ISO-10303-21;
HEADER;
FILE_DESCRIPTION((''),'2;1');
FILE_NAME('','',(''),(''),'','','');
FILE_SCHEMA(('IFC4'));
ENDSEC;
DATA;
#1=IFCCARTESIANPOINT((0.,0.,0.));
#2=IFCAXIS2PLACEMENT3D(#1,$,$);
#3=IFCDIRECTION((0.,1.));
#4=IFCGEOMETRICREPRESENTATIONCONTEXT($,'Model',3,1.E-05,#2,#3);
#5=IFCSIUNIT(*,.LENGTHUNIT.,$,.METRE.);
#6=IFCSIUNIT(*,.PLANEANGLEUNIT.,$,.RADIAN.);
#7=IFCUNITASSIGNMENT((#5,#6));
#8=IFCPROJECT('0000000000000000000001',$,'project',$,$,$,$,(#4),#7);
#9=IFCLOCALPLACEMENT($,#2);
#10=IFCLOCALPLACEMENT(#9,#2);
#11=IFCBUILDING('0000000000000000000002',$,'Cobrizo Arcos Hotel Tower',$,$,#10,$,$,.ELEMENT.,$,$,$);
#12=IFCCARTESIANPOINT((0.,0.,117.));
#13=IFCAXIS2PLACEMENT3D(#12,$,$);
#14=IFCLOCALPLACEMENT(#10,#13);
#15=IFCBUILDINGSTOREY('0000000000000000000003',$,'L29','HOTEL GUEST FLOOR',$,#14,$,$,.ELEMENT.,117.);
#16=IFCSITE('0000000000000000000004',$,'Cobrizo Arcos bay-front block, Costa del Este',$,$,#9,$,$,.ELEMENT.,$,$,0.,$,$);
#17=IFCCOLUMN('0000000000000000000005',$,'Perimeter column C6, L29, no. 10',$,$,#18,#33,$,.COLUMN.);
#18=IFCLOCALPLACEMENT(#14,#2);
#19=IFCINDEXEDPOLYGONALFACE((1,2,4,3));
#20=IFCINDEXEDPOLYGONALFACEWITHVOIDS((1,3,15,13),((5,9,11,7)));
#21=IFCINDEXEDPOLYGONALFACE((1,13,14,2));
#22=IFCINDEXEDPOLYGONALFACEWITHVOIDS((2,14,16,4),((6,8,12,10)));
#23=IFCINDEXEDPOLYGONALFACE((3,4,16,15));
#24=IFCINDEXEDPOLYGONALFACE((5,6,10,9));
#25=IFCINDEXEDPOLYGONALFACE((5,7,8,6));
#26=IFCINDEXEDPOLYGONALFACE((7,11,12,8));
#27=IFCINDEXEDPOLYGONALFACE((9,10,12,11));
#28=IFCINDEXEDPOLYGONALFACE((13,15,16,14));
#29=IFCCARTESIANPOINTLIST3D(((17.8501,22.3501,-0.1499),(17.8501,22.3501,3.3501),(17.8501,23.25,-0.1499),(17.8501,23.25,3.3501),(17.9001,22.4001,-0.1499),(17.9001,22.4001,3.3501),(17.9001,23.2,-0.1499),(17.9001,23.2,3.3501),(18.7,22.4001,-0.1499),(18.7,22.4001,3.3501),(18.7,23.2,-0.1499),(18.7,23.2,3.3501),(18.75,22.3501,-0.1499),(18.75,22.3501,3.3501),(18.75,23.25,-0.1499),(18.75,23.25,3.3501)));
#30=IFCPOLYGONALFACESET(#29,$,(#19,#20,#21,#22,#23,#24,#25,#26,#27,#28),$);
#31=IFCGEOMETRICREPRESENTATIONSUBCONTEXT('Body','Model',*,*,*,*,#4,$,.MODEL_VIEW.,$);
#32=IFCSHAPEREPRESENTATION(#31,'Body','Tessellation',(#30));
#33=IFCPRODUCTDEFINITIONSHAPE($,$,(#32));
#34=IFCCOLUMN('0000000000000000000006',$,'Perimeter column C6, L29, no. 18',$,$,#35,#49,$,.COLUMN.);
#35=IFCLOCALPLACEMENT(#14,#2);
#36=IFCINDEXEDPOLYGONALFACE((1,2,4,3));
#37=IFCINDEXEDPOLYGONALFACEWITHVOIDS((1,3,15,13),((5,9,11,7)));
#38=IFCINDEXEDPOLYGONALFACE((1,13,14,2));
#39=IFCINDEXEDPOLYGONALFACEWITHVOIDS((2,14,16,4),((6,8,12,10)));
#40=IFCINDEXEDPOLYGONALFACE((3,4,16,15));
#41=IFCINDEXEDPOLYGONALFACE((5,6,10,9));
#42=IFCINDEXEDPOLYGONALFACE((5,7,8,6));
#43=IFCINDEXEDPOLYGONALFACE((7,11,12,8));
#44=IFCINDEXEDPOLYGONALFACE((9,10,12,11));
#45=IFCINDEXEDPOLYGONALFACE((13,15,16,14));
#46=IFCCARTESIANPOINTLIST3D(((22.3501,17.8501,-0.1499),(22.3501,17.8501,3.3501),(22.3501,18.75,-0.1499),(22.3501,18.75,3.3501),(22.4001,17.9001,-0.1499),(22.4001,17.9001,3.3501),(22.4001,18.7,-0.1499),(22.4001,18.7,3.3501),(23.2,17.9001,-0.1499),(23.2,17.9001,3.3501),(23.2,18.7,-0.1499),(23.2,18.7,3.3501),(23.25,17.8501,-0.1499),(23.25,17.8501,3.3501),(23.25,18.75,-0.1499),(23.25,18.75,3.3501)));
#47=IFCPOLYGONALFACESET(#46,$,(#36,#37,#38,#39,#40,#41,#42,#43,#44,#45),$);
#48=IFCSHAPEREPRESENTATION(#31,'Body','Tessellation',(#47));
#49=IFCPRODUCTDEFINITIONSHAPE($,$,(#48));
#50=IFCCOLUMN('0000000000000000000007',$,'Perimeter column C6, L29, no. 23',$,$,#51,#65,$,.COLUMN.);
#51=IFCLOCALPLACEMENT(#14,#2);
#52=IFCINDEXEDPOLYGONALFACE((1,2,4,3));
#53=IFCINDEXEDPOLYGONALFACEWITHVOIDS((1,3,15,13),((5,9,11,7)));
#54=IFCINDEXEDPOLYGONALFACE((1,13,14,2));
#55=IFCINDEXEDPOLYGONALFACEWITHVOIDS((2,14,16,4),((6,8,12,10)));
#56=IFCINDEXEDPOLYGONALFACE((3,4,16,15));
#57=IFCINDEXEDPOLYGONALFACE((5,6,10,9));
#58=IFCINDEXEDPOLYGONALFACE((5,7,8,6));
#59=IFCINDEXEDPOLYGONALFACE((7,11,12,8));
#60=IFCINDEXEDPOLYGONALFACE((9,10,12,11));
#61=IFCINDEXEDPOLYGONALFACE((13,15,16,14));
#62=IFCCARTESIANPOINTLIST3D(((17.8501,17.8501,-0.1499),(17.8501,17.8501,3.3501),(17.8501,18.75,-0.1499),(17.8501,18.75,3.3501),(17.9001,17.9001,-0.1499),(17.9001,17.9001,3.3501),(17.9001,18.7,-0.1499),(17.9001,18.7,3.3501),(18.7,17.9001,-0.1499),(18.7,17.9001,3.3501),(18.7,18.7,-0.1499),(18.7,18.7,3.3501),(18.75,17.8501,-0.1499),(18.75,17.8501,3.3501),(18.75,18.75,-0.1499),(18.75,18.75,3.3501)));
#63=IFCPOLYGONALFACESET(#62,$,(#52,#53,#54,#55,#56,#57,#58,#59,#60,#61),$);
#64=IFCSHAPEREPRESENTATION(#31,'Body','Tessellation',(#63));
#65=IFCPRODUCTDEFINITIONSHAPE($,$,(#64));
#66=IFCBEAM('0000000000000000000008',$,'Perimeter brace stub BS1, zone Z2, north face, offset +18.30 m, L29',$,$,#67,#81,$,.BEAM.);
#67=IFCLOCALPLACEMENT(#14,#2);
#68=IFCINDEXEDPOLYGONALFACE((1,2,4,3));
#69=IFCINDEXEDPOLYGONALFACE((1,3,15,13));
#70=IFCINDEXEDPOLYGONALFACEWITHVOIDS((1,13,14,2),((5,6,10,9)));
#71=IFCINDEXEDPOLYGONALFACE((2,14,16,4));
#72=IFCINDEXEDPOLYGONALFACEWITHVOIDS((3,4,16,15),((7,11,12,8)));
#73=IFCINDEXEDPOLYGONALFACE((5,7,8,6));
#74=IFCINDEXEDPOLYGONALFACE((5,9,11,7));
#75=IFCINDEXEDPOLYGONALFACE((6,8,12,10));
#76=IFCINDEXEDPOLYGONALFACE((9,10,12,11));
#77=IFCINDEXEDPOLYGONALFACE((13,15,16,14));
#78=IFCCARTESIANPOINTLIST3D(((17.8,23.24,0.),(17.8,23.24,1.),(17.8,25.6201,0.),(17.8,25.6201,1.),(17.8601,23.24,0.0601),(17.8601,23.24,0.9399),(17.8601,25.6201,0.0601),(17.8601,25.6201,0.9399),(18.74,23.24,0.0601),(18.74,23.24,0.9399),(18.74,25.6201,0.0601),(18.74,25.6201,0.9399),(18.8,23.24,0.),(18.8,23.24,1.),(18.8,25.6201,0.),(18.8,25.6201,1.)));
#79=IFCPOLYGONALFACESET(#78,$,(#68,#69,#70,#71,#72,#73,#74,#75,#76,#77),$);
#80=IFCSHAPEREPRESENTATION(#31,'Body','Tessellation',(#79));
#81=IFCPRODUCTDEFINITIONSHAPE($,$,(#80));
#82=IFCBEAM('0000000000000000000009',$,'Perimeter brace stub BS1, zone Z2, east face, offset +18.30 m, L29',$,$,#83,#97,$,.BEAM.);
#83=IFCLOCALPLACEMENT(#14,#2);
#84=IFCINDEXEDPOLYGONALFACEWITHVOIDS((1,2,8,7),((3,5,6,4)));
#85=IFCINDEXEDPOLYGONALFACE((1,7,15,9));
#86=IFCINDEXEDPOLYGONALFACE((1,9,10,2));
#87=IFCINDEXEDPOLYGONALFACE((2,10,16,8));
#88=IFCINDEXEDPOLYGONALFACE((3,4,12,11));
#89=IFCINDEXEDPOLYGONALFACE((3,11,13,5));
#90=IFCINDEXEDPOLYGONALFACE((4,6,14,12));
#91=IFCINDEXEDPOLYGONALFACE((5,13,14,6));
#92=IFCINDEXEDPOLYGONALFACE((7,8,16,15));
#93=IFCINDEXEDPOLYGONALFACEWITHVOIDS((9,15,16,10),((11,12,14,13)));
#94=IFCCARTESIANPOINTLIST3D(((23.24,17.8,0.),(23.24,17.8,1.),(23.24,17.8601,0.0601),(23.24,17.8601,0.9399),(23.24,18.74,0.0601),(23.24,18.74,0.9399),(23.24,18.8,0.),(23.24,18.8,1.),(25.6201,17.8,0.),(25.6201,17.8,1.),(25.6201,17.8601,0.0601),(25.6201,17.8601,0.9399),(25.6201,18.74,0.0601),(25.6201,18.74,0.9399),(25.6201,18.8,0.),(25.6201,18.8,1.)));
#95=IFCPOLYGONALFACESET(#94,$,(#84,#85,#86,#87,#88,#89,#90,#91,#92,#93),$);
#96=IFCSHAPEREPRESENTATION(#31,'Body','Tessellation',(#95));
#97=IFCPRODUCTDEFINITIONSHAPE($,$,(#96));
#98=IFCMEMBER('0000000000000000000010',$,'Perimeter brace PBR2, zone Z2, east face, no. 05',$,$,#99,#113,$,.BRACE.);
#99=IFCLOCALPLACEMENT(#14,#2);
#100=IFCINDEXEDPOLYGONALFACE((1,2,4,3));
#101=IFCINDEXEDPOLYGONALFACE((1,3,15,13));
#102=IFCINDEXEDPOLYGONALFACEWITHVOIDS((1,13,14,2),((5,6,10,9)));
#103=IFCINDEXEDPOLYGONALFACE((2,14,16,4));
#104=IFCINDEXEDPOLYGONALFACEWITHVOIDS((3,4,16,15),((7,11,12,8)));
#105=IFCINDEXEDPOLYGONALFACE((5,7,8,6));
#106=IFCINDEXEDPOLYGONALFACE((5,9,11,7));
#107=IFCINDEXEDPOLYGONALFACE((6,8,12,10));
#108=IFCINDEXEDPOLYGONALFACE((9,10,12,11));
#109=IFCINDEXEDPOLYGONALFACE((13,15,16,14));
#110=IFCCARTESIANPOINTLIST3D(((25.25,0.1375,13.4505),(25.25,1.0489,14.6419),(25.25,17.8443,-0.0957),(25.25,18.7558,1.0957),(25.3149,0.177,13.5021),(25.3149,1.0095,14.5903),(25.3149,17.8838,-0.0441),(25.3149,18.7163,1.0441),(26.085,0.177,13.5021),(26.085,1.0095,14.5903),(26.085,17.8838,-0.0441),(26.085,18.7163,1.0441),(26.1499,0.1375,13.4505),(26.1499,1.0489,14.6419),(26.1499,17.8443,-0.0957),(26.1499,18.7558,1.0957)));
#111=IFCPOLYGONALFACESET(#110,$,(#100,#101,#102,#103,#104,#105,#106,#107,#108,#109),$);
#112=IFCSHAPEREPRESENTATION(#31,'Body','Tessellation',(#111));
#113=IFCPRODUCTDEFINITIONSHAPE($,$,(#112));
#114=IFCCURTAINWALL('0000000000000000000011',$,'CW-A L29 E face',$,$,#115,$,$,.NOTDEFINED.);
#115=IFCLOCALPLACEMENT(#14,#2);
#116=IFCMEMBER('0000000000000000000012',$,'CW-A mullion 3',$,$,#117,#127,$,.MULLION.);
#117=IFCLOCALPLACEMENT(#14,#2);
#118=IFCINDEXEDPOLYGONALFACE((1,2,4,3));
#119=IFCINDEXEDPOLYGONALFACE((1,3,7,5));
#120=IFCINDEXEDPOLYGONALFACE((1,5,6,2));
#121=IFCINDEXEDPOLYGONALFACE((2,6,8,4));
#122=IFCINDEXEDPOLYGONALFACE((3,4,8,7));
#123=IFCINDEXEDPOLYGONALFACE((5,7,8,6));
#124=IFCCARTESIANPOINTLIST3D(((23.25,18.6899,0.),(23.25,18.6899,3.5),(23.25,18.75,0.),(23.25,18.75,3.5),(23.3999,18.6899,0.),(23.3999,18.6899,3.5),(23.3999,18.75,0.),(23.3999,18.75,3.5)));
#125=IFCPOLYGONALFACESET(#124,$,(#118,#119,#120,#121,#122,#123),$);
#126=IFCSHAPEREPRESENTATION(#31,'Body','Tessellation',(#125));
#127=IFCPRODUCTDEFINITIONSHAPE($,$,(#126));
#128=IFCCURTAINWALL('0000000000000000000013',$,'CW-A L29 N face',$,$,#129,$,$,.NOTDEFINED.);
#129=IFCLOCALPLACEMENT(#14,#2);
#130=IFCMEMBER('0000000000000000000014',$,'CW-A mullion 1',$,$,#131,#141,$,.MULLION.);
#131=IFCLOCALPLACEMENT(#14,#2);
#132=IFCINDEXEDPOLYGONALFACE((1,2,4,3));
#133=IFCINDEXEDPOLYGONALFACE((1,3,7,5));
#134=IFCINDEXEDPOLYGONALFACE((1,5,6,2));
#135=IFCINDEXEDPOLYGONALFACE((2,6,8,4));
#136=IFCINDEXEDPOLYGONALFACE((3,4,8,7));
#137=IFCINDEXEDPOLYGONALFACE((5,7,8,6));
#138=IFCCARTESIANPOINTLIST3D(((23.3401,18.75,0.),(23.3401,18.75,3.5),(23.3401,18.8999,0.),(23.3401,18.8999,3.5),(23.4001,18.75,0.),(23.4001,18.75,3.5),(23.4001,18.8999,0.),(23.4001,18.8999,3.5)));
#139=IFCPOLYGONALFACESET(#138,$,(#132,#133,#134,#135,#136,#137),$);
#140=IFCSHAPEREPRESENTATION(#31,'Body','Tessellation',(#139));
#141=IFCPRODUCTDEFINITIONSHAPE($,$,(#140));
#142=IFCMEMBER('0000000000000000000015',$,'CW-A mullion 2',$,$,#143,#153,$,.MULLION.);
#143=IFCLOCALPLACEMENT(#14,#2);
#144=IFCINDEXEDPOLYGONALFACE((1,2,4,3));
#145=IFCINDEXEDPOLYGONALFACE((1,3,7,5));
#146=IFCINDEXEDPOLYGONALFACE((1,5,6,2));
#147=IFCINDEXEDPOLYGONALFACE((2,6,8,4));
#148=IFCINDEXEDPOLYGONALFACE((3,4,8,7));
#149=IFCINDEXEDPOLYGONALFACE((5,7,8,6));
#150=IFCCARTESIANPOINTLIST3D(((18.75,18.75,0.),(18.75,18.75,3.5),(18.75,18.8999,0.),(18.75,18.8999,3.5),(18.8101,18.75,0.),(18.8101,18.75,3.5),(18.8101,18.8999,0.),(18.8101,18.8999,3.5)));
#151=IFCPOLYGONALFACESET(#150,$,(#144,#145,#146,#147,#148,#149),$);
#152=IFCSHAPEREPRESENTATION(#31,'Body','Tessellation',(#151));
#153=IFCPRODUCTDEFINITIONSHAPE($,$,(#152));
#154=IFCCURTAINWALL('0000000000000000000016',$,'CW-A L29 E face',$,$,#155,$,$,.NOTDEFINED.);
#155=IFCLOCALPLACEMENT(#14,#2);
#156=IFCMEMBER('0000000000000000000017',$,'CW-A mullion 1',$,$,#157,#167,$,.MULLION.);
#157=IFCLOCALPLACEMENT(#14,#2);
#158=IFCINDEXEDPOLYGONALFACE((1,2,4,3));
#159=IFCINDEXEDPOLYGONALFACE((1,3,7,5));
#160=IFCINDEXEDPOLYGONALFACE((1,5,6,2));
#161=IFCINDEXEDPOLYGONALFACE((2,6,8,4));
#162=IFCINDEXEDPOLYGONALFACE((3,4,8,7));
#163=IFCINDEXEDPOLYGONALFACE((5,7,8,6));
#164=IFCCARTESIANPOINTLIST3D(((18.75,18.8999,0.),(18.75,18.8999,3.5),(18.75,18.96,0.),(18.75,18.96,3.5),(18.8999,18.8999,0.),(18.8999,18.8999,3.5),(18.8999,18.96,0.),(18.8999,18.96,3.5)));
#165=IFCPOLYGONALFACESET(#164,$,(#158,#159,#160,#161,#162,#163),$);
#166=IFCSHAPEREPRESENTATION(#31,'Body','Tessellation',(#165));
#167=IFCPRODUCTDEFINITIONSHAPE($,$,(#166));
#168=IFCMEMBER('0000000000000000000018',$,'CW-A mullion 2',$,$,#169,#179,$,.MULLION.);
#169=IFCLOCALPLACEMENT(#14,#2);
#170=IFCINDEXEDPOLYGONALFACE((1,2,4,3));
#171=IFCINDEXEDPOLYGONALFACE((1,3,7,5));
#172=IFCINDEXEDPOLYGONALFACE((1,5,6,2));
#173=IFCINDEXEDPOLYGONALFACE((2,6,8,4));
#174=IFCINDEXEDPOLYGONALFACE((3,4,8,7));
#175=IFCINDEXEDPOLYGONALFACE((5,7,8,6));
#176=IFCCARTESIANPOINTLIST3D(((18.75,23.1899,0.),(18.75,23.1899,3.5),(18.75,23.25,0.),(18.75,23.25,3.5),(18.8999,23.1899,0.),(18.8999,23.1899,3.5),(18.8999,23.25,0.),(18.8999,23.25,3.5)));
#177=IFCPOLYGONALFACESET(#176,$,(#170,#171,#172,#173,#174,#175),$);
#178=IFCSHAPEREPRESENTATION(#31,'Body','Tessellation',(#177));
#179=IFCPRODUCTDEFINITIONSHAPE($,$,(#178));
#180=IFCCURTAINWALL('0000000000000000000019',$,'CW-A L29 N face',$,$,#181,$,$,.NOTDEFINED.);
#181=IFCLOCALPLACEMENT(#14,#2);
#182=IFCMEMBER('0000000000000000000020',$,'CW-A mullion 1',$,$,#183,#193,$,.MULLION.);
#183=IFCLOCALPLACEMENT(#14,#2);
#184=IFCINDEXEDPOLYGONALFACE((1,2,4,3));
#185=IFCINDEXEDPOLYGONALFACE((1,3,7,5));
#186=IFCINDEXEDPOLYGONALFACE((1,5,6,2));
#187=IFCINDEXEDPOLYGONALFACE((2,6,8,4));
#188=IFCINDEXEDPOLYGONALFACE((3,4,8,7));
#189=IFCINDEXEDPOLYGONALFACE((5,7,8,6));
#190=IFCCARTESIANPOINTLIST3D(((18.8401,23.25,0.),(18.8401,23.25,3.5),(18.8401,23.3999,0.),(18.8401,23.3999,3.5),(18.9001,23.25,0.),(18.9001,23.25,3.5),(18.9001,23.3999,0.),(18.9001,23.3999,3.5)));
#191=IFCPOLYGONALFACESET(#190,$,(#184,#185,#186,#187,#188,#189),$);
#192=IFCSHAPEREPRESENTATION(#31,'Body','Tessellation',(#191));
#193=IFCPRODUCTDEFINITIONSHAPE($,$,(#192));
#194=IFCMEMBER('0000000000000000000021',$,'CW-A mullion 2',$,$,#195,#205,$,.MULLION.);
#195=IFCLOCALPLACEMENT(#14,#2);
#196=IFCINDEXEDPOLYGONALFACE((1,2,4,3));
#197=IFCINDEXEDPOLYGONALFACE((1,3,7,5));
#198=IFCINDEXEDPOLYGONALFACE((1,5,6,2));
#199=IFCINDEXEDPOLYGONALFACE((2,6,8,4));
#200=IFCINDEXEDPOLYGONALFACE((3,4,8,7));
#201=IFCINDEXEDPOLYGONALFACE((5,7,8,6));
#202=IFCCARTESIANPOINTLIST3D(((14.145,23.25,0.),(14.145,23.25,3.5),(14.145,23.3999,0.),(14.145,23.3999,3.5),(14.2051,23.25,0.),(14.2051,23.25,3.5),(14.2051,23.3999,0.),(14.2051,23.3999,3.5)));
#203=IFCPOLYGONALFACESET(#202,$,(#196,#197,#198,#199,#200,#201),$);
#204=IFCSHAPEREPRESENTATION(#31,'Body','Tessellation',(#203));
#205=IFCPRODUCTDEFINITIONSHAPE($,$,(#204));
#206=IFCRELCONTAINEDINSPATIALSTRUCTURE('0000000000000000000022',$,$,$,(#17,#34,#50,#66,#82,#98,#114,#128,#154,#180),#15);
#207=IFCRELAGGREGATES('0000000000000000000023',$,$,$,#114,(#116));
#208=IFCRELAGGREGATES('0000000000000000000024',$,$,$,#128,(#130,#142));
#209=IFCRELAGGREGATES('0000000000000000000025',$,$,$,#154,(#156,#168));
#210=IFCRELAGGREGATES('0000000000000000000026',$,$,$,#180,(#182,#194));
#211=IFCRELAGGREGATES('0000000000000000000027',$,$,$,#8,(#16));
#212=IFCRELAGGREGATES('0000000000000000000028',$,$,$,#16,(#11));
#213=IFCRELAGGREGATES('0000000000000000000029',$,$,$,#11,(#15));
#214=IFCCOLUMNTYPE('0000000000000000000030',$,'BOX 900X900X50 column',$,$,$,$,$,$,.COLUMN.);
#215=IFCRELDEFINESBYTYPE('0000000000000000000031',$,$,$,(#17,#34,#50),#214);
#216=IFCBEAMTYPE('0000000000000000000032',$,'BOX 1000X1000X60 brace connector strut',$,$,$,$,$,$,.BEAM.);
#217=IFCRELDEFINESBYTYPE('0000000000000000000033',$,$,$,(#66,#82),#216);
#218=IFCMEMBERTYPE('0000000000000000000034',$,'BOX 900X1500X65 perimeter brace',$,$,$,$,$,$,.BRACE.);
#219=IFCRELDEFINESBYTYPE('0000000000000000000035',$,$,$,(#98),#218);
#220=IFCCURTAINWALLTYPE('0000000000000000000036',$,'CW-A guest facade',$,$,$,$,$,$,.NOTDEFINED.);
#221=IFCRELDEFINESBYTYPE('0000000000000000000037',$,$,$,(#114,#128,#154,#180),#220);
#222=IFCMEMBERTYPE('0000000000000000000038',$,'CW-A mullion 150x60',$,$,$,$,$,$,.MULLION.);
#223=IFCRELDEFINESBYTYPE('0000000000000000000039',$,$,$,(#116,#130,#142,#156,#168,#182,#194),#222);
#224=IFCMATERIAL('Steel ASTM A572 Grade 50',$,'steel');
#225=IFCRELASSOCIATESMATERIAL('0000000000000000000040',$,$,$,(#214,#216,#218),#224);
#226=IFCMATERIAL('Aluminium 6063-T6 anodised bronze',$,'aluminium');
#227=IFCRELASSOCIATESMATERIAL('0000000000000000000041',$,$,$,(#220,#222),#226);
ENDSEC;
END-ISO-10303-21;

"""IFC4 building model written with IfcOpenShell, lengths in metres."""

from ifc_helpers import new_model, si_unit, direction, frame, origin, origin_2d, place, context, subcontext, project, spatial, rectangle, hollow_rectangle, extrude, material, material_profile, profile_set, type_object, element, aggregate, save


model = new_model("IFC4")

# Units and contexts
model_context = context("Model", 3, precision=1e-05, world=origin(), true_north=direction((0.0, 1.0)))
body_context = subcontext(model_context, "Body", "Model", "MODEL_VIEW")
ifc_project = project(units=[si_unit("LENGTHUNIT", "METRE"), si_unit("PLANEANGLEUNIT", "RADIAN")], contexts=[model_context])

# Site, building, storey
site_placement = place(None, origin())
site = spatial("IfcSite", under=ifc_project, at=site_placement, Name="Cobrizo Arcos bay-front block, Costa del Este", CompositionType="ELEMENT", RefElevation=0.0)
building_placement = place(site_placement, origin())
building = spatial("IfcBuilding", under=site, at=building_placement, Name="Cobrizo Arcos Hotel Tower", CompositionType="ELEMENT")
storey_placement = place(building_placement, frame((0.0, 0.0, 117.0)))
storey = spatial("IfcBuildingStorey", under=building, at=storey_placement, Name="L29", Description="HOTEL GUEST FLOOR", CompositionType="ELEMENT", Elevation=117.0)

# Columns
ifc_material_1 = material(Name="Steel ASTM A572 Grade 50", Category="steel")
ifc_material_profile_1 = material_profile(ifc_material_1, hollow_rectangle(XDim=0.8999, YDim=0.8999, WallThickness=0.05, at=origin_2d()), Name="BOX 900X900X50")
ifc_profile_set_1 = profile_set([ifc_material_profile_1], Name="Steel ASTM A572 Grade 50")
column_type = type_object("IfcColumnType", Name="BOX 900X900X50 column", PredefinedType="COLUMN", material=ifc_profile_set_1)
for number, where, z_axis, x_axis, name in (
    (1, (18.3, 22.8, -0.1499), (0.0, 0.0, 1.0), (1.0, 0.0, 0.0), "Perimeter column C6, L29, no. 10"),
    (2, (22.8, 18.3, -0.1499), (0.0, 0.0, 1.0), (1.0, 0.0, 0.0), "Perimeter column C6, L29, no. 18"),
    (3, (18.3, 18.3, -0.1499), (0.0, 0.0, 1.0), (1.0, 0.0, 0.0), "Perimeter column C6, L29, no. 23"),
):
    element("IfcColumn", number, at=place(storey_placement, frame(where, z_axis=z_axis, x_axis=x_axis)), inside=storey, type_object=column_type, Name=name, PredefinedType="COLUMN", context=body_context, shape_type="SweptSolid", body=[
        extrude(hollow_rectangle(XDim=0.8999, YDim=0.8999, WallThickness=0.05, at=origin_2d()), origin(), (0.0, 0.0, 1.0), 3.5),
    ])

# Beams
ifc_material_profile_2 = material_profile(ifc_material_1, hollow_rectangle(XDim=1.0, YDim=1.0, WallThickness=0.0601, at=origin_2d()), Name="BOX 1000X1000X60")
ifc_profile_set_2 = profile_set([ifc_material_profile_2], Name="Steel ASTM A572 Grade 50")
beam_type_1 = type_object("IfcBeamType", Name="BOX 1000X1000X60 brace connector strut", PredefinedType="BEAM", material=ifc_profile_set_2)
for number, where, z_axis, x_axis, name in (
    (4, (18.3, 23.24, 0.5), (0.0, 1.0, 0.0), (-1.0, 0.0, 0.0), "Perimeter brace stub BS1, zone Z2, north face, offset +18.30 m, L29"),
    (5, (23.24, 18.3, 0.5), (1.0, 0.0, 0.0), (0.0, 1.0, 0.0), "Perimeter brace stub BS1, zone Z2, east face, offset +18.30 m, L29"),
):
    element("IfcBeam", number, at=place(storey_placement, frame(where, z_axis=z_axis, x_axis=x_axis)), inside=storey, type_object=beam_type_1, Name=name, PredefinedType="BEAM", context=body_context, shape_type="SweptSolid", body=[
        extrude(hollow_rectangle(XDim=1.0, YDim=1.0, WallThickness=0.0601, at=origin_2d()), origin(), (0.0, 0.0, 1.0), 2.3801),
    ])

# Member
ifc_material_profile_3 = material_profile(ifc_material_1, hollow_rectangle(XDim=0.8999, YDim=1.5, WallThickness=0.0649, at=origin_2d()), Name="BOX 900X1500X65")
ifc_profile_set_3 = profile_set([ifc_material_profile_3], Name="Steel ASTM A572 Grade 50")
member_type_1 = type_object("IfcMemberType", Name="BOX 900X1500X65 perimeter brace", PredefinedType="BRACE", material=ifc_profile_set_3)
member_1_placement = place(storey_placement, frame((25.7, 18.3, 0.5), z_axis=(0.0, -0.794235, 0.60761), x_axis=(1.0, 0.0, 0.0)))
element("IfcMember", 6, at=member_1_placement, inside=storey, type_object=member_type_1, Name="Perimeter brace PBR2, zone Z2, east face, no. 05", PredefinedType="BRACE", context=body_context, shape_type="SweptSolid", body=[
    extrude(hollow_rectangle(XDim=0.8999, YDim=1.5, WallThickness=0.0649, at=origin_2d()), origin(), (0.0, 0.0, 1.0), 22.2942),
])

# Curtain wall, member
ifc_material_2 = material(Name="Aluminium 6063-T6 anodised bronze", Category="aluminium")
curtain_wall_type = type_object("IfcCurtainWallType", Name="CW-A guest facade", PredefinedType="NOTDEFINED", material=ifc_material_2)
curtain_wall_1_placement = place(storey_placement, origin())
curtain_wall_1 = element("IfcCurtainWall", 7, at=curtain_wall_1_placement, inside=storey, type_object=curtain_wall_type, Name="CW-A L29 E face", PredefinedType="NOTDEFINED")
ifc_material_profile_4 = material_profile(ifc_material_2, rectangle(XDim=0.1499, YDim=0.0601, at=origin_2d()), Name="CW-A mullion 150x60")
ifc_profile_set_4 = profile_set([ifc_material_profile_4], Name="Aluminium 6063-T6 anodised bronze")
member_type_2 = type_object("IfcMemberType", Name="CW-A mullion 150x60", PredefinedType="MULLION", material=ifc_profile_set_4)
member_2_placement = place(storey_placement, frame((23.325, 18.72, 0.0), z_axis=(0.0, 0.0, 1.0), x_axis=(1.0, 0.0, 0.0)))
member_2 = element("IfcMember", 8, at=member_2_placement, type_object=member_type_2, Name="CW-A mullion 3", PredefinedType="MULLION", context=body_context, shape_type="SweptSolid", body=[
    extrude(rectangle(XDim=0.1499, YDim=0.0601, at=origin_2d()), origin(), (0.0, 0.0, 1.0), 3.5),
])

# Curtain walls, members
curtain_wall_2_placement = place(storey_placement, origin())
curtain_wall_2 = element("IfcCurtainWall", 9, at=curtain_wall_2_placement, inside=storey, type_object=curtain_wall_type, Name="CW-A L29 N face", PredefinedType="NOTDEFINED")
member_3_placement = place(storey_placement, frame((23.3701, 18.825, 0.0), z_axis=(0.0, 0.0, 1.0), x_axis=(0.0, 1.0, 0.0)))
member_3 = element("IfcMember", 10, at=member_3_placement, type_object=member_type_2, Name="CW-A mullion 1", PredefinedType="MULLION", context=body_context, shape_type="SweptSolid", body=[
    extrude(rectangle(XDim=0.1499, YDim=0.0601, at=origin_2d()), origin(), (0.0, 0.0, 1.0), 3.5),
])
member_4_placement = place(storey_placement, frame((18.78, 18.825, 0.0), z_axis=(0.0, 0.0, 1.0), x_axis=(0.0, 1.0, 0.0)))
member_4 = element("IfcMember", 11, at=member_4_placement, type_object=member_type_2, Name="CW-A mullion 2", PredefinedType="MULLION", context=body_context, shape_type="SweptSolid", body=[
    extrude(rectangle(XDim=0.1499, YDim=0.0601, at=origin_2d()), origin(), (0.0, 0.0, 1.0), 3.5),
])
curtain_wall_3_placement = place(storey_placement, origin())
curtain_wall_3 = element("IfcCurtainWall", 12, at=curtain_wall_3_placement, inside=storey, type_object=curtain_wall_type, Name="CW-A L29 E face", PredefinedType="NOTDEFINED")
member_5_placement = place(storey_placement, frame((18.825, 18.9299, 0.0), z_axis=(0.0, 0.0, 1.0), x_axis=(1.0, 0.0, 0.0)))
member_5 = element("IfcMember", 13, at=member_5_placement, type_object=member_type_2, Name="CW-A mullion 1", PredefinedType="MULLION", context=body_context, shape_type="SweptSolid", body=[
    extrude(rectangle(XDim=0.1499, YDim=0.0601, at=origin_2d()), origin(), (0.0, 0.0, 1.0), 3.5),
])
member_6_placement = place(storey_placement, frame((18.825, 23.22, 0.0), z_axis=(0.0, 0.0, 1.0), x_axis=(1.0, 0.0, 0.0)))
member_6 = element("IfcMember", 14, at=member_6_placement, type_object=member_type_2, Name="CW-A mullion 2", PredefinedType="MULLION", context=body_context, shape_type="SweptSolid", body=[
    extrude(rectangle(XDim=0.1499, YDim=0.0601, at=origin_2d()), origin(), (0.0, 0.0, 1.0), 3.5),
])
curtain_wall_4_placement = place(storey_placement, origin())
curtain_wall_4 = element("IfcCurtainWall", 15, at=curtain_wall_4_placement, inside=storey, type_object=curtain_wall_type, Name="CW-A L29 N face", PredefinedType="NOTDEFINED")
member_7_placement = place(storey_placement, frame((18.8701, 23.325, 0.0), z_axis=(0.0, 0.0, 1.0), x_axis=(0.0, 1.0, 0.0)))
member_7 = element("IfcMember", 16, at=member_7_placement, type_object=member_type_2, Name="CW-A mullion 1", PredefinedType="MULLION", context=body_context, shape_type="SweptSolid", body=[
    extrude(rectangle(XDim=0.1499, YDim=0.0601, at=origin_2d()), origin(), (0.0, 0.0, 1.0), 3.5),
])
member_8_placement = place(storey_placement, frame((14.175, 23.325, 0.0), z_axis=(0.0, 0.0, 1.0), x_axis=(0.0, 1.0, 0.0)))
member_8 = element("IfcMember", 17, at=member_8_placement, type_object=member_type_2, Name="CW-A mullion 2", PredefinedType="MULLION", context=body_context, shape_type="SweptSolid", body=[
    extrude(rectangle(XDim=0.1499, YDim=0.0601, at=origin_2d()), origin(), (0.0, 0.0, 1.0), 3.5),
])

aggregate(curtain_wall_1, [member_2])
aggregate(curtain_wall_2, [member_3, member_4])
aggregate(curtain_wall_3, [member_5, member_6])
aggregate(curtain_wall_4, [member_7, member_8])

save(model, "model.ifc")
